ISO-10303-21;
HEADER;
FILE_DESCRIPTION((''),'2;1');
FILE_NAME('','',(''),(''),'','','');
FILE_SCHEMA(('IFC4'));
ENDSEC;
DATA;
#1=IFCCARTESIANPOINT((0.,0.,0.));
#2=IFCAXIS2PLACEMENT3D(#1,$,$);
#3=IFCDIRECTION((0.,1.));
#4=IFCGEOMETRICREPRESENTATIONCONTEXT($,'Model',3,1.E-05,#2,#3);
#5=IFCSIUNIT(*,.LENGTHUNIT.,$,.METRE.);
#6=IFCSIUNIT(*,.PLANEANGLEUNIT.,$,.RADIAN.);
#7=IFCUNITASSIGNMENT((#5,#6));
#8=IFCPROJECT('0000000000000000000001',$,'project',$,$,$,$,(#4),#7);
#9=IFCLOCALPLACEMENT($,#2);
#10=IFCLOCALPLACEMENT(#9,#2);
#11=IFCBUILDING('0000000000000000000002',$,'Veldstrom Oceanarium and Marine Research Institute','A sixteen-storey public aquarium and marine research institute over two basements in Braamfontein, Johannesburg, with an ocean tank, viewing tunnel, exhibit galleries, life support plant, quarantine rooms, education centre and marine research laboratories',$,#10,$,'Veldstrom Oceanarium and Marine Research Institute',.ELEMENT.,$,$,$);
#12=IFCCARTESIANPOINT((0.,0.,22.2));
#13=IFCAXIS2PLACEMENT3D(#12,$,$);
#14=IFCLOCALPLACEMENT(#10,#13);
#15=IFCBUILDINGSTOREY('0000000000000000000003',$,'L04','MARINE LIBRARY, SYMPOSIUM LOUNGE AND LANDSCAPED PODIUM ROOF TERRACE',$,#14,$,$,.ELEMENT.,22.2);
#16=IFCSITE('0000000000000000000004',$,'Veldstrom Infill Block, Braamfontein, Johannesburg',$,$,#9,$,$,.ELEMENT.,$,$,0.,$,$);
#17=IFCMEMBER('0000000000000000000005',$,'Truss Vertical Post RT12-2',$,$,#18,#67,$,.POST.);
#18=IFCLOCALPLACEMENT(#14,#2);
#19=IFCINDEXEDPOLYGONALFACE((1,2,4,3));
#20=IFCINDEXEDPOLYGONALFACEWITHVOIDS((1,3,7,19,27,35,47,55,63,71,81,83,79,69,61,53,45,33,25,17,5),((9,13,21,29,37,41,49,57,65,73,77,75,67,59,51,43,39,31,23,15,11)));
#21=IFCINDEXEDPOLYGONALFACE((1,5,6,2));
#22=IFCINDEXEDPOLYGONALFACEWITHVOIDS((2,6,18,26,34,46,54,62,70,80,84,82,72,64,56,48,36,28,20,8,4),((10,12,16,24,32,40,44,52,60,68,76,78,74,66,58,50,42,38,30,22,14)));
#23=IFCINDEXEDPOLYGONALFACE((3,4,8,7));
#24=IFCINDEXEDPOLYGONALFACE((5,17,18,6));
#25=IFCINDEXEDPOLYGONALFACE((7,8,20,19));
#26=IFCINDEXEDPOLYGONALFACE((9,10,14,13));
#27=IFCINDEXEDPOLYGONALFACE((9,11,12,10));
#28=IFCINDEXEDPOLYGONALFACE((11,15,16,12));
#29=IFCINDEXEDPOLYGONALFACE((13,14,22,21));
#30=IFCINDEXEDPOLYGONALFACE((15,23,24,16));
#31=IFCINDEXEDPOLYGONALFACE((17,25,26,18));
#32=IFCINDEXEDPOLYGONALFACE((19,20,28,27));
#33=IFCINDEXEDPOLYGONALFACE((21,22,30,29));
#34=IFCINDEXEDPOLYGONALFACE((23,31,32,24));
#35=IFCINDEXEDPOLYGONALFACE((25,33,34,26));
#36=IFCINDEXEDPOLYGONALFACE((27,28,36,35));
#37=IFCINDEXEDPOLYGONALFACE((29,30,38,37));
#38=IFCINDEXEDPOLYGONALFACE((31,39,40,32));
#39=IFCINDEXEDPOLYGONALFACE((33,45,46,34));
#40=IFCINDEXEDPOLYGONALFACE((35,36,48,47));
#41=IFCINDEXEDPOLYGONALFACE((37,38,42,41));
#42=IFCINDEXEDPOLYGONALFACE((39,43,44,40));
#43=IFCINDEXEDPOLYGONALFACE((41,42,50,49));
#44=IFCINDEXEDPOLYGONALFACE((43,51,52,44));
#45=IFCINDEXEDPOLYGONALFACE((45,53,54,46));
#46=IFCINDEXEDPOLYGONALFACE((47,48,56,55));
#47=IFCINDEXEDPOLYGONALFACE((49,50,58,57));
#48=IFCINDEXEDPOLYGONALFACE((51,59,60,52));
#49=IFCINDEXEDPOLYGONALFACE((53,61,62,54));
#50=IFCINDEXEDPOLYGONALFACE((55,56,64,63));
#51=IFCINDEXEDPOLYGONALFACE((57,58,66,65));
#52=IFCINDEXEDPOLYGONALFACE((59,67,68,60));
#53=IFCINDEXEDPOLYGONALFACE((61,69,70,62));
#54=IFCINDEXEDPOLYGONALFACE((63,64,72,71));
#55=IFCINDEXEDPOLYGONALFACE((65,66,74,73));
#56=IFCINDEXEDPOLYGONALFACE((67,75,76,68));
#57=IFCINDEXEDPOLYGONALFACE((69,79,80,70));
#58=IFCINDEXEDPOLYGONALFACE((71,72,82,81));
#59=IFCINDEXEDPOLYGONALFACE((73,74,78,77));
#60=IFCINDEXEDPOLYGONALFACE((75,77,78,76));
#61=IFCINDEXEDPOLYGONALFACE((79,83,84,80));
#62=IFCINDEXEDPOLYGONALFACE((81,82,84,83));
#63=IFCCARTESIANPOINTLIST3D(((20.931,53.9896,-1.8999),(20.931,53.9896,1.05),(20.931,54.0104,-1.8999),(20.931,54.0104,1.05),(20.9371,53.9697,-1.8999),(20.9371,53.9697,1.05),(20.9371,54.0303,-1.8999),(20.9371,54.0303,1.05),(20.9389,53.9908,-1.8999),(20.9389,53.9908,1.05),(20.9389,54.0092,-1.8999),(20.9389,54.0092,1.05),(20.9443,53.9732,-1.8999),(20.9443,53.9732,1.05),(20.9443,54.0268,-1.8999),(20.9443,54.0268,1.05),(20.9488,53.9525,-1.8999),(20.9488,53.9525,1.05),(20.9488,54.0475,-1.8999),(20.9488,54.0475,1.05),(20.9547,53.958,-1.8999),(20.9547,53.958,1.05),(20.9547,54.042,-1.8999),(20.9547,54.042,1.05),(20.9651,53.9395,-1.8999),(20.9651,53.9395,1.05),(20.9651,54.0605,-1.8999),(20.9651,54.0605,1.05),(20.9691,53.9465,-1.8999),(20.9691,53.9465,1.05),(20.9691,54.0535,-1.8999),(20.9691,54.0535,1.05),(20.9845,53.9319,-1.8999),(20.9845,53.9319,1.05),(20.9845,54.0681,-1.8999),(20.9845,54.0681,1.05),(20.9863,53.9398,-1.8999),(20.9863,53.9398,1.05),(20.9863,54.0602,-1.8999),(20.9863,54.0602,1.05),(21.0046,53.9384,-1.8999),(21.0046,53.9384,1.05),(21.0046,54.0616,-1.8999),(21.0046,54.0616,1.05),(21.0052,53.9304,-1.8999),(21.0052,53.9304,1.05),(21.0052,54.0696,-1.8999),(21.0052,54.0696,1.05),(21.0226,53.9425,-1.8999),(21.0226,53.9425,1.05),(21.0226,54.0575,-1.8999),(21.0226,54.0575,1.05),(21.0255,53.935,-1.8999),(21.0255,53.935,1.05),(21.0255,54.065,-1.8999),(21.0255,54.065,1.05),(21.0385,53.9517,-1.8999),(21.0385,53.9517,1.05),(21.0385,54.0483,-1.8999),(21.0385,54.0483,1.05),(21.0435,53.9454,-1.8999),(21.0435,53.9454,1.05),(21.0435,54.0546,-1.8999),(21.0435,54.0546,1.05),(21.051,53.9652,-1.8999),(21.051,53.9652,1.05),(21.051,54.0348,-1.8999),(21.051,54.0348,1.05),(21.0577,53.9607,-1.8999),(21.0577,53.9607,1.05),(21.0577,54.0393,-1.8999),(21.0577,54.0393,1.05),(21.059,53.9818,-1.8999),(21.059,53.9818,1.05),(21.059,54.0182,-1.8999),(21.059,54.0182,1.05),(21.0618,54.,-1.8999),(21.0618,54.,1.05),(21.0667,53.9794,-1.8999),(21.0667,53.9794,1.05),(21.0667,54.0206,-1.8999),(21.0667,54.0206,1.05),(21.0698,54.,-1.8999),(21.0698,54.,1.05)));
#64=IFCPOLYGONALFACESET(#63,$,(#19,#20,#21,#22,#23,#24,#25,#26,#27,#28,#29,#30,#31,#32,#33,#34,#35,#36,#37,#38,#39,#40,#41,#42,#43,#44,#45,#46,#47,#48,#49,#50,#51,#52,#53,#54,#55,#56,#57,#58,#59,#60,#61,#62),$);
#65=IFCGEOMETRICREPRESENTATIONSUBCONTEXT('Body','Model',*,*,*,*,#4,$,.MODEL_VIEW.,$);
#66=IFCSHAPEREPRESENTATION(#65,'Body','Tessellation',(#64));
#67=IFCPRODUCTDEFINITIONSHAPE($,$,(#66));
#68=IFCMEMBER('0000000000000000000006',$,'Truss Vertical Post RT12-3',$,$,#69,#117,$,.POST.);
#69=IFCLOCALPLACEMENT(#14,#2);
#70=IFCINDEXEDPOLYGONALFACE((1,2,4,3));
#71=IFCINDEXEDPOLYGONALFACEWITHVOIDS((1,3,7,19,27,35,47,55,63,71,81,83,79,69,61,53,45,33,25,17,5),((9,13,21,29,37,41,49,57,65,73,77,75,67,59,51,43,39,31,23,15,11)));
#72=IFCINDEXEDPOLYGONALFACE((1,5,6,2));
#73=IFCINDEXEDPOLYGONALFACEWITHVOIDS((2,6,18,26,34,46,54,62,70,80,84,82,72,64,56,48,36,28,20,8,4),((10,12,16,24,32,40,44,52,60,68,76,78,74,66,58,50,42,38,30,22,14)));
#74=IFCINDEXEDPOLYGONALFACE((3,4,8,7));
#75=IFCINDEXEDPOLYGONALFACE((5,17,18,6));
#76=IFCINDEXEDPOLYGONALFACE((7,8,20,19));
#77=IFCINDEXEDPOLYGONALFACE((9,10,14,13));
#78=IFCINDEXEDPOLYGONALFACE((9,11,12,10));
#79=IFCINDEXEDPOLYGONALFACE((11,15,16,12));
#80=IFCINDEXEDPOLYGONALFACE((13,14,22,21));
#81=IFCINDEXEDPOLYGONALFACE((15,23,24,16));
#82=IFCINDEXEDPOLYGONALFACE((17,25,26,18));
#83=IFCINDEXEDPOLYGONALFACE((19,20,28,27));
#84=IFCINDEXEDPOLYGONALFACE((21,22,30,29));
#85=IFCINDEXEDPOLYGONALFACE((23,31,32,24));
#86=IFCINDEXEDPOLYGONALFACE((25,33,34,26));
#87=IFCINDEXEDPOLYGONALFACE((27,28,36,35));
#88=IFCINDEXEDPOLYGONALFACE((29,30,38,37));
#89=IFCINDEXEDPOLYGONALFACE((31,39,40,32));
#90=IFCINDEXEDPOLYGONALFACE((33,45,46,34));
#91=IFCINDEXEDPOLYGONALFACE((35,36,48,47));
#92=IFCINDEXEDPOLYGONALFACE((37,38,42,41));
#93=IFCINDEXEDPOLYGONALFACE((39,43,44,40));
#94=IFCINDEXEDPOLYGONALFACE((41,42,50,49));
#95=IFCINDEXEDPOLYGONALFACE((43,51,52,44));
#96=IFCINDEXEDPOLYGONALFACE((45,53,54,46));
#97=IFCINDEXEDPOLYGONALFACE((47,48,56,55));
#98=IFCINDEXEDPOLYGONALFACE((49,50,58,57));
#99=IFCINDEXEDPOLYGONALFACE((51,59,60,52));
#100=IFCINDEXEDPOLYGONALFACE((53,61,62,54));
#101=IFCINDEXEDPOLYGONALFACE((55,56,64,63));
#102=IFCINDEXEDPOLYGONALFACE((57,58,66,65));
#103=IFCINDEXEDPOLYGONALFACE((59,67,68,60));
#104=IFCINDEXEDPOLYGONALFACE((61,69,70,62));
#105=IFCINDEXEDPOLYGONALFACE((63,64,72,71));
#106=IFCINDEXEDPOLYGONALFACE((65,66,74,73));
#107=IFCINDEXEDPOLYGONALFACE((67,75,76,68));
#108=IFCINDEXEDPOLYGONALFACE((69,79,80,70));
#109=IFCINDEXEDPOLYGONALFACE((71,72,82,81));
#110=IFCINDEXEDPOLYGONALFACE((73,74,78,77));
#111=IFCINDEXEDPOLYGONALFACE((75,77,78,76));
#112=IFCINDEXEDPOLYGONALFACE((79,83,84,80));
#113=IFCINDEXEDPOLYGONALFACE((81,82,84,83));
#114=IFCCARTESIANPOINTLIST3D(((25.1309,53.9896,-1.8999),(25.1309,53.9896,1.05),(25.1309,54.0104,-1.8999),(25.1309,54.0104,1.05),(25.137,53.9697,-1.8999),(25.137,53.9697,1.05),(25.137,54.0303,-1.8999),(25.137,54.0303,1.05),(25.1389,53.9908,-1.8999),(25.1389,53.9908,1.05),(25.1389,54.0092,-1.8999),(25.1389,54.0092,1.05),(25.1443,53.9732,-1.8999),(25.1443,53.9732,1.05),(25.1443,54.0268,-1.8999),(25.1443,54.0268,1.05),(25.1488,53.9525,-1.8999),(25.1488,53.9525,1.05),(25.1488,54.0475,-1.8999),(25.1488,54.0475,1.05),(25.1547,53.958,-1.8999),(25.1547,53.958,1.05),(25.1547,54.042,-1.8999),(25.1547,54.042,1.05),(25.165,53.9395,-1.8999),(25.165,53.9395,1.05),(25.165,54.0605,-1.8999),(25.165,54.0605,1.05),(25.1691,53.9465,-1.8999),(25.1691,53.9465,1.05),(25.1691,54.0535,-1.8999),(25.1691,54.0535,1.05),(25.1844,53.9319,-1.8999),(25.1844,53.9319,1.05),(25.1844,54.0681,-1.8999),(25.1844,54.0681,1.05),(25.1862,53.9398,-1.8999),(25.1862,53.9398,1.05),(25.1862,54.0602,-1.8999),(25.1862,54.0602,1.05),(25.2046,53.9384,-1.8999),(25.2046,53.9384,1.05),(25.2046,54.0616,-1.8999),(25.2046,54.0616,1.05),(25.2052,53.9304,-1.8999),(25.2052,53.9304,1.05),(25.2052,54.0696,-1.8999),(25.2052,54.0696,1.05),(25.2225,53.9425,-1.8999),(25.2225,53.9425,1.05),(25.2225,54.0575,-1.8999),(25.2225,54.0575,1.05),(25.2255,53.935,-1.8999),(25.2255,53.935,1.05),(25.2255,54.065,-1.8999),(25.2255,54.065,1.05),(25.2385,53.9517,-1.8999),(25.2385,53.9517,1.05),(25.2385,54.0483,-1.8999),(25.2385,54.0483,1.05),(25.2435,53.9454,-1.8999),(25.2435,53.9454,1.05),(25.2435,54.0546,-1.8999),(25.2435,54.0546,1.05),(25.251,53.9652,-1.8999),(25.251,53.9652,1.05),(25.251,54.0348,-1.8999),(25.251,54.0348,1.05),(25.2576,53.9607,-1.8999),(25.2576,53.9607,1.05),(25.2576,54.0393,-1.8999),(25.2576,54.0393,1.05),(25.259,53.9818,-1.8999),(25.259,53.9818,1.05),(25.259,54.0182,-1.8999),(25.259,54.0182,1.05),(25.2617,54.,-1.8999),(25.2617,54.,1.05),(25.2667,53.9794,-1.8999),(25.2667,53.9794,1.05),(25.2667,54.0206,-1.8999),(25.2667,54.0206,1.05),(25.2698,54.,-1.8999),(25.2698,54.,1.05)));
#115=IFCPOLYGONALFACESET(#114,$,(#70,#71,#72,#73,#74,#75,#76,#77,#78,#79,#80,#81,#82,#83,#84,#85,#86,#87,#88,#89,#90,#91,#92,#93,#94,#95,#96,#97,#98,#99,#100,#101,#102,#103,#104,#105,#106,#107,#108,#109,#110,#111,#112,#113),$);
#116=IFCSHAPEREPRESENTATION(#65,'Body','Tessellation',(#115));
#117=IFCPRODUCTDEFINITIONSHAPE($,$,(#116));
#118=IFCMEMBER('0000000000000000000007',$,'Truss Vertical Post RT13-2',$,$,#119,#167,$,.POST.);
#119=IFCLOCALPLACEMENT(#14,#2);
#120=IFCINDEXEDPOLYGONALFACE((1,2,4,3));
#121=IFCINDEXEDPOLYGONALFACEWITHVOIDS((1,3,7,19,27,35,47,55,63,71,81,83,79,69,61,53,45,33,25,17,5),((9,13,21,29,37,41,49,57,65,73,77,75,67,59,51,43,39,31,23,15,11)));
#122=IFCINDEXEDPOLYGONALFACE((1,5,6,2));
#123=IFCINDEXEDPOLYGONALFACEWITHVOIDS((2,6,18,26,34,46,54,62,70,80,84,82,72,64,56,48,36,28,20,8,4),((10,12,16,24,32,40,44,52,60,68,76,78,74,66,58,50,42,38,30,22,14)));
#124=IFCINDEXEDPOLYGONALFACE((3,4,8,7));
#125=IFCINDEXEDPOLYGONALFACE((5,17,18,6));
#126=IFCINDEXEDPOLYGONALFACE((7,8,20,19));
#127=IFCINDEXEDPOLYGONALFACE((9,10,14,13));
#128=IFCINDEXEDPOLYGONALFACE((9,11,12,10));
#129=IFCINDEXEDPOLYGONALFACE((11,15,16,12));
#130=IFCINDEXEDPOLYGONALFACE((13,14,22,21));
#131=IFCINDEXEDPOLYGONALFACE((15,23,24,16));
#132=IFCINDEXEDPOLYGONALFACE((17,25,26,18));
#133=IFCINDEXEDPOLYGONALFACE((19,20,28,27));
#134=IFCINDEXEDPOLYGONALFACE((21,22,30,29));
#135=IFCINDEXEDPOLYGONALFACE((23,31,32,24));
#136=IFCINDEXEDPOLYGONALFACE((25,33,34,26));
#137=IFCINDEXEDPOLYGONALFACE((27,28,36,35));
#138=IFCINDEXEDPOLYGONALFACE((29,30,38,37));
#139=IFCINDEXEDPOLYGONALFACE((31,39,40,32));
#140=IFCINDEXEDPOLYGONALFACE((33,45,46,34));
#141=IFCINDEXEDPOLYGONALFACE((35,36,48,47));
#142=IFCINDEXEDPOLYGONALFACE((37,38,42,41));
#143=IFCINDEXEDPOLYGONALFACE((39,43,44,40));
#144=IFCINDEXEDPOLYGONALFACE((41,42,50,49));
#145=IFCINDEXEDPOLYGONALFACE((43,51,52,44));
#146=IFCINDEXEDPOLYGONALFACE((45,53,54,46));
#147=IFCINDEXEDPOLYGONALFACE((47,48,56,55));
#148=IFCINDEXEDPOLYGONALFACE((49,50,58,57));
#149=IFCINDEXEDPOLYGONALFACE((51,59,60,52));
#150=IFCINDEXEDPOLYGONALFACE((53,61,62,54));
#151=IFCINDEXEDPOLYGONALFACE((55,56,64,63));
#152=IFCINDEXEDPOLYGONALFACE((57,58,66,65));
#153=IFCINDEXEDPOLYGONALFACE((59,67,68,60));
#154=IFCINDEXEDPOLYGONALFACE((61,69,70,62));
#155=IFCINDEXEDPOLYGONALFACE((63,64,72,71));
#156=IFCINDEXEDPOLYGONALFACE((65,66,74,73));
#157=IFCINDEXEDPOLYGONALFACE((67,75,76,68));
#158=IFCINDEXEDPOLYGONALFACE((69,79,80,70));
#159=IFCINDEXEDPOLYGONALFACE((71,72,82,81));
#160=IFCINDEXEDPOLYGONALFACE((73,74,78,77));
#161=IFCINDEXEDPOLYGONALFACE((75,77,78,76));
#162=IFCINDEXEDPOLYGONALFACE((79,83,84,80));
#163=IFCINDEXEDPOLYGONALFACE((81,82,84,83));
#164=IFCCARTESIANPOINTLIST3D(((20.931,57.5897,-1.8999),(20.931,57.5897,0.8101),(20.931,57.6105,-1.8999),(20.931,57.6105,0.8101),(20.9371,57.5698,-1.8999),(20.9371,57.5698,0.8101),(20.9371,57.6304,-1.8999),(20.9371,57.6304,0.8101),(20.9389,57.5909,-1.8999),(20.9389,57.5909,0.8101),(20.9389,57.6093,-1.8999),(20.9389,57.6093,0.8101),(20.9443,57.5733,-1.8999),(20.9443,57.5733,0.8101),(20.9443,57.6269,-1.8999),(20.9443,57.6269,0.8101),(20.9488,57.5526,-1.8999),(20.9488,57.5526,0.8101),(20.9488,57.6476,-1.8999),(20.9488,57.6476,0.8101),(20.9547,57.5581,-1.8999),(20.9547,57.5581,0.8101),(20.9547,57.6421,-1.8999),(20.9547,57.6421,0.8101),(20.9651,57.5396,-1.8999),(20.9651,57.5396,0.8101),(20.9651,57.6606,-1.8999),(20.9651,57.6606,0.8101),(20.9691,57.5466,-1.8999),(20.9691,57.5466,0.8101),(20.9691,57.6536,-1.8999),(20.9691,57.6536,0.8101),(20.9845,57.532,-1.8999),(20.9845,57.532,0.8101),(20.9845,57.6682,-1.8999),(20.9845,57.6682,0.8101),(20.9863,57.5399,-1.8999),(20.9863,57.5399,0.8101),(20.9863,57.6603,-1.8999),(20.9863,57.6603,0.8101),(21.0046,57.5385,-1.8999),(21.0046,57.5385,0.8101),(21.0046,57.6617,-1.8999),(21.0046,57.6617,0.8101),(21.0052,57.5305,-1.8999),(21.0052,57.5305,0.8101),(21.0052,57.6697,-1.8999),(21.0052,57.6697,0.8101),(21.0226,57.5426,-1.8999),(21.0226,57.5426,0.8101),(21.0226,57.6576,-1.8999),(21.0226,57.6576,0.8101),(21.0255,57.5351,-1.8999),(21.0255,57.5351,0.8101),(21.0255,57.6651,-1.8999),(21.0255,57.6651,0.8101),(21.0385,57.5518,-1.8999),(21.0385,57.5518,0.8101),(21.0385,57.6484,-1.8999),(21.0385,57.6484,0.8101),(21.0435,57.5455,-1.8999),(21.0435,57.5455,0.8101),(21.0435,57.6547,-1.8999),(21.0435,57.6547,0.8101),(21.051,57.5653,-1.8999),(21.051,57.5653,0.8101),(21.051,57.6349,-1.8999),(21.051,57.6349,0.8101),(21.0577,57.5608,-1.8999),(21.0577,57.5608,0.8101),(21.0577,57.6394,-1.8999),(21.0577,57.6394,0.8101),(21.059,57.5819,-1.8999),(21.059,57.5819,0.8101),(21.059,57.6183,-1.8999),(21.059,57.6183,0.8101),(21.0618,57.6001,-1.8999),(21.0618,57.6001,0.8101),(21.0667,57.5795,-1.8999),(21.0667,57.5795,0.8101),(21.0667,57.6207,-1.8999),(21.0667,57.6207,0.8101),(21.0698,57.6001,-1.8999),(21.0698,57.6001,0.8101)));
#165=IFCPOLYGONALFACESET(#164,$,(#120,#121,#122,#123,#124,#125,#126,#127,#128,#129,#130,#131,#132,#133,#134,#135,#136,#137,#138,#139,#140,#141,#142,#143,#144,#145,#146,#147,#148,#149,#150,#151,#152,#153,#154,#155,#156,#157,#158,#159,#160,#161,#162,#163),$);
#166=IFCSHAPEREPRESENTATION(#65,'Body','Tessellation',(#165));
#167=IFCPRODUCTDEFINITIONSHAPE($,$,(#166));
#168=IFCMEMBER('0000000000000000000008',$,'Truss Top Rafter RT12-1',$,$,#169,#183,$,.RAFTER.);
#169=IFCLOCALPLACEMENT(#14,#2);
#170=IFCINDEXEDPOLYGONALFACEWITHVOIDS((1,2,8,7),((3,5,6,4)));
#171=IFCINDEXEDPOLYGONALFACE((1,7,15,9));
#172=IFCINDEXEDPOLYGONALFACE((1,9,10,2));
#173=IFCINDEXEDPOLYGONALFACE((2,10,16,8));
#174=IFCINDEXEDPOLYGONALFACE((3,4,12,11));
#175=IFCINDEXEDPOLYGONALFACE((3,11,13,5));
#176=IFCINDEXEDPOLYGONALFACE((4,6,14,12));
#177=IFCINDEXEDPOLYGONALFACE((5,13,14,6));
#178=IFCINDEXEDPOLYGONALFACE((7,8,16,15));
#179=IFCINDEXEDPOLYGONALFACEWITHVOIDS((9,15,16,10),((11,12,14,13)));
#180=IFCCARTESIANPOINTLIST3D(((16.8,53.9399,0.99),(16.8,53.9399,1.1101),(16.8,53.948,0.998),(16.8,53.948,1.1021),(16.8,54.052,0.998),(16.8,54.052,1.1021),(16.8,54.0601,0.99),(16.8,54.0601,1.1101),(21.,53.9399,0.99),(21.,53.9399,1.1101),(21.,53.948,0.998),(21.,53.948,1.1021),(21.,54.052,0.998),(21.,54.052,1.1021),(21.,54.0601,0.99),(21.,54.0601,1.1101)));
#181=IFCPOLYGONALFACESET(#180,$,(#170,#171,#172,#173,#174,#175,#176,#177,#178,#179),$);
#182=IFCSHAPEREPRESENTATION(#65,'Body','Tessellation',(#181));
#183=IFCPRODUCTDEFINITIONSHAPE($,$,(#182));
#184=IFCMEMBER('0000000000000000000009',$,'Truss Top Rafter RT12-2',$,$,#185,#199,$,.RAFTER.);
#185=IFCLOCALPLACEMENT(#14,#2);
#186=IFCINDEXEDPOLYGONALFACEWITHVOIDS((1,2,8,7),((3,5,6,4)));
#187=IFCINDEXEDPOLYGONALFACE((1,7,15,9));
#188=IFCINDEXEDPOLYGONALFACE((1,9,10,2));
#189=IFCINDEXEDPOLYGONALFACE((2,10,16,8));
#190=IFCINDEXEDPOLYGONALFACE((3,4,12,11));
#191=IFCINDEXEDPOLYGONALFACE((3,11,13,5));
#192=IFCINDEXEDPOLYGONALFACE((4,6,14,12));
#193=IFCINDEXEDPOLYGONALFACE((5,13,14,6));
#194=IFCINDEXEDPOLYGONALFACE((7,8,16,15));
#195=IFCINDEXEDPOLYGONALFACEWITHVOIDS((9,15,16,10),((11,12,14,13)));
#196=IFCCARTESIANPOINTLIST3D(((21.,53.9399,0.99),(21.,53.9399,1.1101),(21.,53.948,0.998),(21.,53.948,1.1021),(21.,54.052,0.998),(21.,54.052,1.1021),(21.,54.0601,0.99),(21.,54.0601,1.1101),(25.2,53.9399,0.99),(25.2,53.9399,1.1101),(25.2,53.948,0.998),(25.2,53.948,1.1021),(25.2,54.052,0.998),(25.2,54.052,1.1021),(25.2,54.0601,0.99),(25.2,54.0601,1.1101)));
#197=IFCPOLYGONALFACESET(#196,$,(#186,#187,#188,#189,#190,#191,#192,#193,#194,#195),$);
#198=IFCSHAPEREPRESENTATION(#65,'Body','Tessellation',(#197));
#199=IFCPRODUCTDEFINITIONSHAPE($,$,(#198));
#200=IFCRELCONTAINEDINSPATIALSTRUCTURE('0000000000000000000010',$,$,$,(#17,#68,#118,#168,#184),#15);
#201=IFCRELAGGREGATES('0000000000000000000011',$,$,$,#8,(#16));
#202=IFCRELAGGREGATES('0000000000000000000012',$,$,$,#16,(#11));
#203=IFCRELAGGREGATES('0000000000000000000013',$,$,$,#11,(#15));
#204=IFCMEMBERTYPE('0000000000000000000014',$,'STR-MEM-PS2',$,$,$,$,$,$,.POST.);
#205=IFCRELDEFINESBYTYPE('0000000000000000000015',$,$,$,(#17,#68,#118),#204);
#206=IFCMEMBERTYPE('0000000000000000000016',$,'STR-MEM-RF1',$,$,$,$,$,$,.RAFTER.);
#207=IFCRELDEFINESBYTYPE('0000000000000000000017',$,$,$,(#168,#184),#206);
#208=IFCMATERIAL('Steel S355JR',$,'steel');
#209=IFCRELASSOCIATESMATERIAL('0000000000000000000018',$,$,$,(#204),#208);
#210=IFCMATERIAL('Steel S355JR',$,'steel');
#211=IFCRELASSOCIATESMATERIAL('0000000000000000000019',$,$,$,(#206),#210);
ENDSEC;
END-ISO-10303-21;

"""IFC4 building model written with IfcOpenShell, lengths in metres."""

from ifc_helpers import new_model, si_unit, direction, frame, origin, origin_2d, place, context, subcontext, project, spatial, hollow_rectangle, hollow_circle, extrude, material, material_profile, profile_set, type_object, element, save


model = new_model("IFC4")

# Units and contexts
model_context = context("Model", 3, precision=1e-05, world=origin(), true_north=direction((0.0, 1.0)))
body_context = subcontext(model_context, "Body", "Model", "MODEL_VIEW")
ifc_project = project(units=[si_unit("LENGTHUNIT", "METRE"), si_unit("PLANEANGLEUNIT", "RADIAN")], contexts=[model_context])

# Site, building, storey
site_placement = place(None, origin())
site = spatial("IfcSite", under=ifc_project, at=site_placement, Name="Veldstrom Infill Block, Braamfontein, Johannesburg", CompositionType="ELEMENT", RefElevation=0.0)
building_placement = place(site_placement, origin())
building = spatial("IfcBuilding", under=site, at=building_placement, Name="Veldstrom Oceanarium and Marine Research Institute", Description="A sixteen-storey public aquarium and marine research institute over two basements in Braamfontein, Johannesburg, with an ocean tank, viewing tunnel, exhibit galleries, life support plant, quarantine rooms, education centre and marine research laboratories", LongName="Veldstrom Oceanarium and Marine Research Institute", CompositionType="ELEMENT")
storey_placement = place(building_placement, frame((0.0, 0.0, 22.2)))
storey = spatial("IfcBuildingStorey", under=building, at=storey_placement, Name="L04", Description="MARINE LIBRARY, SYMPOSIUM LOUNGE AND LANDSCAPED PODIUM ROOF TERRACE", CompositionType="ELEMENT", Elevation=22.2)

# Members
ifc_material_1 = material(Name="Steel S355JR", Category="steel")
ifc_material_profile_1 = material_profile(ifc_material_1, hollow_circle(Radius=0.0698, WallThickness=0.0081, at=origin_2d()), Name="CHS 139.7x8")
ifc_profile_set_1 = profile_set([ifc_material_profile_1], Name="Steel S355JR")
member_type_1 = type_object("IfcMemberType", Name="STR-MEM-PS2", PredefinedType="POST", material=ifc_profile_set_1)
for number, where, z_axis, x_axis, name in (
    (1, (21.0, 54.0, -1.8999), (0.0, 0.0, 1.0), (1.0, 0.0, 0.0), "Truss Vertical Post RT12-2"),
    (2, (25.2, 54.0, -1.8999), (0.0, 0.0, 1.0), (1.0, 0.0, 0.0), "Truss Vertical Post RT12-3"),
):
    element("IfcMember", number, at=place(storey_placement, frame(where, z_axis=z_axis, x_axis=x_axis)), inside=storey, type_object=member_type_1, Name=name, PredefinedType="POST", context=body_context, shape_type="SweptSolid", body=[
        extrude(hollow_circle(Radius=0.0698, WallThickness=0.0081, at=origin_2d()), origin(), (0.0, 0.0, 1.0), 2.95),
    ])
member_1_placement = place(storey_placement, frame((21.0, 57.6001, -1.8999), z_axis=(0.0, 0.0, 1.0), x_axis=(1.0, 0.0, 0.0)))
element("IfcMember", 3, at=member_1_placement, inside=storey, type_object=member_type_1, Name="Truss Vertical Post RT13-2", PredefinedType="POST", context=body_context, shape_type="SweptSolid", body=[
    extrude(hollow_circle(Radius=0.0698, WallThickness=0.0081, at=origin_2d()), origin(), (0.0, 0.0, 1.0), 2.71),
])
ifc_material_2 = material(Name="Steel S355JR", Category="steel")
ifc_material_profile_2 = material_profile(ifc_material_2, hollow_rectangle(XDim=0.1201, YDim=0.1201, WallThickness=0.0081, at=origin_2d()), Name="SHS 120x120x8")
ifc_profile_set_2 = profile_set([ifc_material_profile_2], Name="Steel S355JR")
member_type_2 = type_object("IfcMemberType", Name="STR-MEM-RF1", PredefinedType="RAFTER", material=ifc_profile_set_2)
for number, where, z_axis, x_axis, name in (
    (4, (16.8, 54.0, 1.05), (1.0, 0.0, 0.0), (0.0, 1.0, 0.0), "Truss Top Rafter RT12-1"),
    (5, (21.0, 54.0, 1.05), (1.0, 0.0, 0.0), (0.0, 1.0, 0.0), "Truss Top Rafter RT12-2"),
):
    element("IfcMember", number, at=place(storey_placement, frame(where, z_axis=z_axis, x_axis=x_axis)), inside=storey, type_object=member_type_2, Name=name, PredefinedType="RAFTER", context=body_context, shape_type="SweptSolid", body=[
        extrude(hollow_rectangle(XDim=0.1201, YDim=0.1201, WallThickness=0.0081, at=origin_2d()), origin(), (0.0, 0.0, 1.0), 4.2),
    ])

save(model, "model.ifc")
